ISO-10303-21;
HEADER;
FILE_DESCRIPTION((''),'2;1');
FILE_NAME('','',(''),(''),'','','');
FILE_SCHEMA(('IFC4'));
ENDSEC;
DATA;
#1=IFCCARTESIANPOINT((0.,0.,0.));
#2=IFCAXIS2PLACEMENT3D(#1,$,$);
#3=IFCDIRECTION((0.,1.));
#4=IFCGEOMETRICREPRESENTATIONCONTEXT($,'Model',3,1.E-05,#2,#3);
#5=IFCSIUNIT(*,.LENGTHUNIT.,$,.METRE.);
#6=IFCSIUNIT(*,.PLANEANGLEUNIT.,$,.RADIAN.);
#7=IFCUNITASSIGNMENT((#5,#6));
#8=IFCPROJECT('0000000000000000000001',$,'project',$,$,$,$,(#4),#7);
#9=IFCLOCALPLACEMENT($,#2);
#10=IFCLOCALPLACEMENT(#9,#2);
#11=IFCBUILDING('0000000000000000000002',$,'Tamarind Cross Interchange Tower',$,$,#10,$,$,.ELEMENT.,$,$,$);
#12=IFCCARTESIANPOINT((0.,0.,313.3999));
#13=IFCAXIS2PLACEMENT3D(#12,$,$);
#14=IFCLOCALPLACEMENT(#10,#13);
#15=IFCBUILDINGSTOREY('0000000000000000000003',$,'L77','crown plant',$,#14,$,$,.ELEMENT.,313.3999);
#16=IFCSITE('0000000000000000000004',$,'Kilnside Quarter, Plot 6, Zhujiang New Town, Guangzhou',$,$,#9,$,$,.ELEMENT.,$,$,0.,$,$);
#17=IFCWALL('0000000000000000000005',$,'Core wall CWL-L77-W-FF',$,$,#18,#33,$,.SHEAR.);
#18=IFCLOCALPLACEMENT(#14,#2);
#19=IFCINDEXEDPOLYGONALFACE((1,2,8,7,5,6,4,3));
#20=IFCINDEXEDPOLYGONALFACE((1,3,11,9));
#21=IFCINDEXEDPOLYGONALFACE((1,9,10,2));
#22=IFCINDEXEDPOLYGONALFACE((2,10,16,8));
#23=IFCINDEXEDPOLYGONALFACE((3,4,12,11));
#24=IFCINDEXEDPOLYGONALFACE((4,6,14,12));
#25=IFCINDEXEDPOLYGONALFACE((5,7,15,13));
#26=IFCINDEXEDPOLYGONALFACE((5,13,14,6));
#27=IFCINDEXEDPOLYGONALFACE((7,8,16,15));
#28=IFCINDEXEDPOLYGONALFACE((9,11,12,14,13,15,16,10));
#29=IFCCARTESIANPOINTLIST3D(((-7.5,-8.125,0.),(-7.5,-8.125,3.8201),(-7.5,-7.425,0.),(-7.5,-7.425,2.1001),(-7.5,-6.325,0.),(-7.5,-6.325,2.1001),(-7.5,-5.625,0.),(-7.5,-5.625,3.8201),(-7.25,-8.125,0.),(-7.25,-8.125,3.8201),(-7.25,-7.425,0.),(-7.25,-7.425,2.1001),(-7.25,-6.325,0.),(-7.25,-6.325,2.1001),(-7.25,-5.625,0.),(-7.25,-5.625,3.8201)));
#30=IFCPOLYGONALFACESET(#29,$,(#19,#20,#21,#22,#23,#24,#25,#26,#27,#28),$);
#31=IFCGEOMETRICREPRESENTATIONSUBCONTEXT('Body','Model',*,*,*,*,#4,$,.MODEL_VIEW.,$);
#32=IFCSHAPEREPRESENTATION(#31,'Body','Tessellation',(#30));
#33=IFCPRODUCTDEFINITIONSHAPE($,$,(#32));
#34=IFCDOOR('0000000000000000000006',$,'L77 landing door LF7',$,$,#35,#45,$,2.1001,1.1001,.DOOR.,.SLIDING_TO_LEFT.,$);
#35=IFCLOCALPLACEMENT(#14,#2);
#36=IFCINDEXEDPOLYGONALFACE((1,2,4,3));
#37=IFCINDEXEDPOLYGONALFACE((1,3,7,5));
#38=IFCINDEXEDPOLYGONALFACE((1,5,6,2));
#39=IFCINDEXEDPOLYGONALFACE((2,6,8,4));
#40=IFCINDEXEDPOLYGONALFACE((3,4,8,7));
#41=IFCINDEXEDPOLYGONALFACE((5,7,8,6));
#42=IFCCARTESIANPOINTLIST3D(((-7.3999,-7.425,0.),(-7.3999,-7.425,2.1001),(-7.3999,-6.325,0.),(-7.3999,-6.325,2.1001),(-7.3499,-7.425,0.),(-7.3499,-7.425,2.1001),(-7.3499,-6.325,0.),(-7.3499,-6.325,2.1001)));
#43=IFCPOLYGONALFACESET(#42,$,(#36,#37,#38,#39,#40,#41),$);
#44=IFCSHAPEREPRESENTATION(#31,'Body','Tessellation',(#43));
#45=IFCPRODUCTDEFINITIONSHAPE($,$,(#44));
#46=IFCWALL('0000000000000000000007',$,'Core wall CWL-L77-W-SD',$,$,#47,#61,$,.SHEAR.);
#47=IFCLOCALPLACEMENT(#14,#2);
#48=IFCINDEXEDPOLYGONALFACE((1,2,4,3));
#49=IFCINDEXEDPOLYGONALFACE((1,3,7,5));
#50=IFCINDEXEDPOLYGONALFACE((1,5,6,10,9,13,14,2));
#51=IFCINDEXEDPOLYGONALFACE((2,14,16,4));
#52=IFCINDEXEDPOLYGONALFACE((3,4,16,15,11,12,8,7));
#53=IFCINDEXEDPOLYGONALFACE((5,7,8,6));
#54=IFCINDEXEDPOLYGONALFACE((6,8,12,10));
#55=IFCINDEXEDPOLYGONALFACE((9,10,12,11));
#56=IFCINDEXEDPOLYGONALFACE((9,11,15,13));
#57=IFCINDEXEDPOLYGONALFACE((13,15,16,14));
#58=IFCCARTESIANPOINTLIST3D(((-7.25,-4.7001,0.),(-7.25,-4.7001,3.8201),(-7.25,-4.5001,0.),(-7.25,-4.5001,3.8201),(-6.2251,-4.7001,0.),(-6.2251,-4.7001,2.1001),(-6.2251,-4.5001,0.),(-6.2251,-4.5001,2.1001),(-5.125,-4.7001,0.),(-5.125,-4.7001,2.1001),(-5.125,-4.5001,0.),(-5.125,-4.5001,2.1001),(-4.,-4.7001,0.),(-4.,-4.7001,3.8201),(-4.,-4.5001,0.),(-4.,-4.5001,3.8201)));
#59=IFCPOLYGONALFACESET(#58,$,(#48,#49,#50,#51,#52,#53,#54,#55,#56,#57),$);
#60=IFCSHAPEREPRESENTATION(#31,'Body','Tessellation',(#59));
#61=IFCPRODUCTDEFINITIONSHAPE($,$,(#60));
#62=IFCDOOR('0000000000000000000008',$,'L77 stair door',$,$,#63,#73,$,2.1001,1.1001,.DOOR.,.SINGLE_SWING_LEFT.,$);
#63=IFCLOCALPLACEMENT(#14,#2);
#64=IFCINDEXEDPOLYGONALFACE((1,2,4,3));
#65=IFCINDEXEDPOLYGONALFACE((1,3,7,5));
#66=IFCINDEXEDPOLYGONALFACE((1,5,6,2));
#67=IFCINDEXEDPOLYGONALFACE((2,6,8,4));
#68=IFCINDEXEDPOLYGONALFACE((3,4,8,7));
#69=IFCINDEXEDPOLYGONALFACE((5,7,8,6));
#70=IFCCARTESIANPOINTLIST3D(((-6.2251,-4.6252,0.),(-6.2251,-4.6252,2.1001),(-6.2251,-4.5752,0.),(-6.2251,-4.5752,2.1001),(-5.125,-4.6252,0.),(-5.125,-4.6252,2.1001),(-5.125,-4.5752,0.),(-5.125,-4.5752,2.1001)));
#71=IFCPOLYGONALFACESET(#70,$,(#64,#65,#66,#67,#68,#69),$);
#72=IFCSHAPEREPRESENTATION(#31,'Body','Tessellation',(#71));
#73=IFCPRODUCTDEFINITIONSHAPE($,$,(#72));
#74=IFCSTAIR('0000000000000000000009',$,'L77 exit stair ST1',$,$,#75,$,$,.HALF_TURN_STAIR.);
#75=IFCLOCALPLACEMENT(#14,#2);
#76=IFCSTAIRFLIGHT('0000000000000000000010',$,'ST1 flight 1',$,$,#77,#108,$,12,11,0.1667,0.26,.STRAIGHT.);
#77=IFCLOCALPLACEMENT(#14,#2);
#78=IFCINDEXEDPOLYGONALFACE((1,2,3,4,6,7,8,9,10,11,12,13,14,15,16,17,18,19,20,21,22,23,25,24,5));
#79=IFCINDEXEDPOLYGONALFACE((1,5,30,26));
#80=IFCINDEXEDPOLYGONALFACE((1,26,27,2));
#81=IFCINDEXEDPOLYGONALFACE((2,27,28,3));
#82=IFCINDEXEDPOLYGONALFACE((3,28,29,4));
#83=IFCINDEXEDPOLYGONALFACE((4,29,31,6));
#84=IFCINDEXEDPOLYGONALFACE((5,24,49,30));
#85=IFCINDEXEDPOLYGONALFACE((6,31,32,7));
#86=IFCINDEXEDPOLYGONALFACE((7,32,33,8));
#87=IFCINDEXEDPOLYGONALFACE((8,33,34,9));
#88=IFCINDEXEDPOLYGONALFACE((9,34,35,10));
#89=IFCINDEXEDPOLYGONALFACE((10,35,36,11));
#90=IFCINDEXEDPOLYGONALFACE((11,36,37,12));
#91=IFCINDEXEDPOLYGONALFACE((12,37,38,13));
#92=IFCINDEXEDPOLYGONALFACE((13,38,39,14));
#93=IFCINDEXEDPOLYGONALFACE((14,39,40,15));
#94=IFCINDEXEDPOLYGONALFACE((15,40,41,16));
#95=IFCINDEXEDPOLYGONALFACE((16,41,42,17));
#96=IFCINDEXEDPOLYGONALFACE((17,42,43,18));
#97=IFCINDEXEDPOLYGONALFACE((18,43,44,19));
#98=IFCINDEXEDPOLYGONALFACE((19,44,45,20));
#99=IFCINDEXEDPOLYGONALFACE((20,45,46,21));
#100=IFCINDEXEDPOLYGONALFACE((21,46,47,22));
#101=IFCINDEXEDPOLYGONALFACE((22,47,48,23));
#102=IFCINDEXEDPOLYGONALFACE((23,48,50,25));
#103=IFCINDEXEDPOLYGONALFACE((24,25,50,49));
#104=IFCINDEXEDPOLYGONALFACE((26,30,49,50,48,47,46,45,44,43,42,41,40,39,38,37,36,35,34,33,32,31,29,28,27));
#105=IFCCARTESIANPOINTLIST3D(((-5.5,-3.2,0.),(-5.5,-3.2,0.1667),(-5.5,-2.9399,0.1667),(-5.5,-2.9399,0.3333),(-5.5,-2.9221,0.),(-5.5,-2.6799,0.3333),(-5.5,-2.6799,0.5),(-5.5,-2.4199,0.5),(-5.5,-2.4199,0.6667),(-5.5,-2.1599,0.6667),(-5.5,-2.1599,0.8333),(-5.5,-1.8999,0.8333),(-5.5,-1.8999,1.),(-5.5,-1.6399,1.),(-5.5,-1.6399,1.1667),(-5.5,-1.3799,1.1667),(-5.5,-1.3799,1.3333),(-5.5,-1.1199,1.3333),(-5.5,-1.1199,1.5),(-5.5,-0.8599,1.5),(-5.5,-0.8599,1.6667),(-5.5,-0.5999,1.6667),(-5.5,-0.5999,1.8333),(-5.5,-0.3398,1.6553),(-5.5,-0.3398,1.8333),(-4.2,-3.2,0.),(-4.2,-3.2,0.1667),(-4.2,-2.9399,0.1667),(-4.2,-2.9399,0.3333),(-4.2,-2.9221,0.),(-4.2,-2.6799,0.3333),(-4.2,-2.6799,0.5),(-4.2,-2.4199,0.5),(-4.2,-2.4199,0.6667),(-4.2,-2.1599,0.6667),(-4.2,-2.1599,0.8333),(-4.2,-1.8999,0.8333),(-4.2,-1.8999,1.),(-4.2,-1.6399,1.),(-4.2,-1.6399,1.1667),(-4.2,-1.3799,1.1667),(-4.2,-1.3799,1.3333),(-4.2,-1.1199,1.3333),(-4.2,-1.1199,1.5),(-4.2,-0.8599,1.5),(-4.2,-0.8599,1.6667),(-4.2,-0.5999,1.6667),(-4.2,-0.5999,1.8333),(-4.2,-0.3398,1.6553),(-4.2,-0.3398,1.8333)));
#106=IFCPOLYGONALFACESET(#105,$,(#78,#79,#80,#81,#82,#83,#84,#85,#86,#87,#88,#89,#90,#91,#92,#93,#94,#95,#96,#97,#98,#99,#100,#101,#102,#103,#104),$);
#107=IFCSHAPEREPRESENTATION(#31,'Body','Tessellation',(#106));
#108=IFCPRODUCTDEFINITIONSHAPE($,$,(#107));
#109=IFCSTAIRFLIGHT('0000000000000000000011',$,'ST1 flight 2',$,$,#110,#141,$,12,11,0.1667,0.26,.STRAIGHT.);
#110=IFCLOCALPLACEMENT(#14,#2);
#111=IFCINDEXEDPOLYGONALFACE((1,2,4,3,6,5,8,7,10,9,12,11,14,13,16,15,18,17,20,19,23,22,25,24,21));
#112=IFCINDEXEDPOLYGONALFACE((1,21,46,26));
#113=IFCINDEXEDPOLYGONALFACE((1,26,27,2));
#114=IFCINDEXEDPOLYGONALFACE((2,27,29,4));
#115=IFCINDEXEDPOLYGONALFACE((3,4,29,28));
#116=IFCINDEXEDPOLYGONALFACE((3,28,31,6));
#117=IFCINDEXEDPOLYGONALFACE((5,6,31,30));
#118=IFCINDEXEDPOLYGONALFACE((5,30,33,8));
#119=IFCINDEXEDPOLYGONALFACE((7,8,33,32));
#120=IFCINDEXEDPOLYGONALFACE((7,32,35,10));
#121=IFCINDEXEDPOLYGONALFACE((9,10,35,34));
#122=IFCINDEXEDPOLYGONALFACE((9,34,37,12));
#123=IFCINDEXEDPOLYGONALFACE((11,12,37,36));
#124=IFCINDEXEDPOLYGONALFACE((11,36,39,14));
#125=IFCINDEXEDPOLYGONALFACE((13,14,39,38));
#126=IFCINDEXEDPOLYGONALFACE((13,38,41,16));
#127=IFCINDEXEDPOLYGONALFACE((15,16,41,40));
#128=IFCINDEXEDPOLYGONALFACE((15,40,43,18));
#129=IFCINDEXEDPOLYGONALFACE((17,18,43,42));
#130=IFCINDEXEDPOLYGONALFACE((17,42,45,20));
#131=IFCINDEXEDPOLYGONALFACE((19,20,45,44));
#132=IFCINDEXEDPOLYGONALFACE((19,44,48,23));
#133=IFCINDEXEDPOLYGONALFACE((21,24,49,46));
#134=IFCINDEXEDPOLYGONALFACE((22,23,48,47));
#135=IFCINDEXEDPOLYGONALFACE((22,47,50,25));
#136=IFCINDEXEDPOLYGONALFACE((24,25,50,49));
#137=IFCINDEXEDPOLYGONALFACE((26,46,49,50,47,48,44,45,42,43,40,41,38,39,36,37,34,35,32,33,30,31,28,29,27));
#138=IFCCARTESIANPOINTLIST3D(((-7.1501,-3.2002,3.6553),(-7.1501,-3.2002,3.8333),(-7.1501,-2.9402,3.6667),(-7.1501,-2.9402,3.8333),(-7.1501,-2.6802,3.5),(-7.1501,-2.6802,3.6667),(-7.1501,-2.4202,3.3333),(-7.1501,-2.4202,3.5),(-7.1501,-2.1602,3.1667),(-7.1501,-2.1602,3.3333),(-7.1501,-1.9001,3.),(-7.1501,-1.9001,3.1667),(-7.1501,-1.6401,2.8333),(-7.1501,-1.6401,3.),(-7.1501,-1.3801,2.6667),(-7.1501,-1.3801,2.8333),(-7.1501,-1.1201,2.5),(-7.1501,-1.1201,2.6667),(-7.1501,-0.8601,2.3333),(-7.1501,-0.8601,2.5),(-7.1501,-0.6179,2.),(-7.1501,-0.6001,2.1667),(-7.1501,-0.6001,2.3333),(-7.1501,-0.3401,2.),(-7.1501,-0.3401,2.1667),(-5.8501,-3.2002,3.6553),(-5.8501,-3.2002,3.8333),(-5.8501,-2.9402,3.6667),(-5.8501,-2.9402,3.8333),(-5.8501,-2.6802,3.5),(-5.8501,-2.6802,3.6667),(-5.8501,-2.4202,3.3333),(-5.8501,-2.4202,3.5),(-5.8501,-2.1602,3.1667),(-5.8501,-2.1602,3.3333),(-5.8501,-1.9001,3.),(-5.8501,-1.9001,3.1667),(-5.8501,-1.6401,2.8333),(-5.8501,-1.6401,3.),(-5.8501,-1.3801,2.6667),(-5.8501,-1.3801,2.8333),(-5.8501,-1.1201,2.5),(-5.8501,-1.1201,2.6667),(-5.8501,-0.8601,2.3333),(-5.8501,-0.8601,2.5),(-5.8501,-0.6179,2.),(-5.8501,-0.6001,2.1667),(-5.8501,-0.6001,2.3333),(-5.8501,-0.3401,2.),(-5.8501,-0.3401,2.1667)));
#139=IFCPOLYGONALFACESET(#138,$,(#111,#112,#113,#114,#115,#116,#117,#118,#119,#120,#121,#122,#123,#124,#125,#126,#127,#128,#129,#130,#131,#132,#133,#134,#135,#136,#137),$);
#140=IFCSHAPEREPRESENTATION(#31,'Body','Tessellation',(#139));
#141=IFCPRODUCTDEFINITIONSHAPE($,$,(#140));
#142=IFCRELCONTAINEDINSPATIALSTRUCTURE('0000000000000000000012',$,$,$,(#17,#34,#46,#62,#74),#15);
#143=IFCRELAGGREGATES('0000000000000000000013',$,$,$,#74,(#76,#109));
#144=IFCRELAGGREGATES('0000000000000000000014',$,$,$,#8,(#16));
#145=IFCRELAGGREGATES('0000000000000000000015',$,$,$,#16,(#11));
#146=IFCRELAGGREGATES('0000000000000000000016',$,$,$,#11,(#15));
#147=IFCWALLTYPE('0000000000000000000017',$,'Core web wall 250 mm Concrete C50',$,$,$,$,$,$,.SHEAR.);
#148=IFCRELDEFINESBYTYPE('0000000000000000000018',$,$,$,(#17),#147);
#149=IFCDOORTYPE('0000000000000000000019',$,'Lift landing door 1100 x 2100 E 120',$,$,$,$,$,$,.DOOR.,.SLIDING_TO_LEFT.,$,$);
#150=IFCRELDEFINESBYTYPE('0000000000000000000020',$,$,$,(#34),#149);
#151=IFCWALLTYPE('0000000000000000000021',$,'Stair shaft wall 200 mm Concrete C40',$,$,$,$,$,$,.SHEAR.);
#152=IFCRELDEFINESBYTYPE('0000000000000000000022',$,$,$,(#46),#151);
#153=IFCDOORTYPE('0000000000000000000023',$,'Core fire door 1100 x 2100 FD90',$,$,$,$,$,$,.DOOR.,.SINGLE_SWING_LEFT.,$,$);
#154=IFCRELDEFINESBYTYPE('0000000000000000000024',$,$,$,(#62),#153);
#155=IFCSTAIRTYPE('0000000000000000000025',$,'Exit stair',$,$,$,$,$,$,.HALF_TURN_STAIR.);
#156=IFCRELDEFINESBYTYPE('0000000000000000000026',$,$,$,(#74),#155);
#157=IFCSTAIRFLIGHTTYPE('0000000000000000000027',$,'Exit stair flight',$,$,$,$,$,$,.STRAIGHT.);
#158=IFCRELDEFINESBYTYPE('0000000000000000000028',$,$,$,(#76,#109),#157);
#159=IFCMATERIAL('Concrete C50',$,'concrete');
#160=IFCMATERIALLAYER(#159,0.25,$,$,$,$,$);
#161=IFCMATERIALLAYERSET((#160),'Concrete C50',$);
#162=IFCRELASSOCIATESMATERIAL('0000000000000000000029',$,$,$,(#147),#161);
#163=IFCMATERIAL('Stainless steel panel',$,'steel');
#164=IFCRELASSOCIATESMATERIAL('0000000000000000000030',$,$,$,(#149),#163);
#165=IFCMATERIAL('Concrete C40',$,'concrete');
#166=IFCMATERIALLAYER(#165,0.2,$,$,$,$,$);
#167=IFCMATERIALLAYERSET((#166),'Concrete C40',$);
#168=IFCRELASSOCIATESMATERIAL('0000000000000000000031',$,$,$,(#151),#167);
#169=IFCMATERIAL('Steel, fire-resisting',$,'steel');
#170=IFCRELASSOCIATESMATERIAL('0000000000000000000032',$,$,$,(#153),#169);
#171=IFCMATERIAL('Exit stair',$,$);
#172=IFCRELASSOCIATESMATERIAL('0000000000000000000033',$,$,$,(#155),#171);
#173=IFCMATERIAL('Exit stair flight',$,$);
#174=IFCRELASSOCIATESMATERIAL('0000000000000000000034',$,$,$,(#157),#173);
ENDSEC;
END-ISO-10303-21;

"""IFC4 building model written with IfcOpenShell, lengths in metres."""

from ifc_helpers import new_model, si_unit, direction, frame, frame_2d, origin, place, context, subcontext, project, spatial, polyline, rectangle, outline, extrude, material, layer, layer_set, type_object, element, fill, aggregate, save


model = new_model("IFC4")

# Units and contexts
model_context = context("Model", 3, precision=1e-05, world=origin(), true_north=direction((0.0, 1.0)))
body_context = subcontext(model_context, "Body", "Model", "MODEL_VIEW")
ifc_project = project(units=[si_unit("LENGTHUNIT", "METRE"), si_unit("PLANEANGLEUNIT", "RADIAN")], contexts=[model_context])

# Site, building, storey
site_placement = place(None, origin())
site = spatial("IfcSite", under=ifc_project, at=site_placement, Name="Kilnside Quarter, Plot 6, Zhujiang New Town, Guangzhou", CompositionType="ELEMENT", RefElevation=0.0)
building_placement = place(site_placement, origin())
building = spatial("IfcBuilding", under=site, at=building_placement, Name="Tamarind Cross Interchange Tower", CompositionType="ELEMENT")
storey_placement = place(building_placement, frame((0.0, 0.0, 313.3999)))
storey = spatial("IfcBuildingStorey", under=building, at=storey_placement, Name="L77", Description="crown plant", CompositionType="ELEMENT", Elevation=313.3999)

# Shared definitions
ifc_material_1 = material(Name="Concrete C50", Category="concrete")
ifc_material_2 = material(Name="Steel, fire-resisting", Category="steel")

# Walls, openings, doors
ifc_layer_1 = layer(ifc_material_1, 0.25)
ifc_layer_set_1 = layer_set([ifc_layer_1], Name="Concrete C50")
wall_type_1 = type_object("IfcWallType", Name="Core web wall 250 mm Concrete C50", PredefinedType="SHEAR", material=ifc_layer_set_1)
wall_1_placement = place(storey_placement, frame((-7.375, -8.125, 0.0), z_axis=(0.0, 0.0, 1.0), x_axis=(0.0, 1.0, 0.0)))
wall_1 = element("IfcWall", 1, at=wall_1_placement, inside=storey, type_object=wall_type_1, Name="Core wall CWL-L77-W-FF", PredefinedType="SHEAR", context=body_context, shape_type="SweptSolid", body=[
    extrude(rectangle(XDim=2.5, YDim=0.25, at=frame_2d((1.25, 0.0))), origin(), (0.0, 0.0, 1.0), 3.8201),
])
opening_1_placement = place(wall_1_placement, frame((0.7, 0.0, 0.0)))
opening_1 = element("IfcOpeningElement", 2, at=opening_1_placement, cuts=wall_1, PredefinedType="OPENING", context=body_context, shape_type="SweptSolid", body=[
    extrude(rectangle(XDim=1.1001, YDim=2.1001, at=frame_2d((0.55, 1.05))), frame((0.0, 0.135, 0.0), z_axis=(0.0, -1.0, 0.0), x_axis=(1.0, 0.0, 0.0)), (0.0, 0.0, 1.0), 0.27),
])
ifc_material_3 = material(Name="Stainless steel panel", Category="steel")
door_type_1 = type_object("IfcDoorType", Name="Lift landing door 1100 x 2100 E 120", OperationType="SLIDING_TO_LEFT", PredefinedType="DOOR", material=ifc_material_3)
door_1_placement = place(opening_1_placement, origin())
door_1 = element("IfcDoor", 3, at=door_1_placement, inside=storey, type_object=door_type_1, Name="L77 landing door LF7", OperationType="SLIDING_TO_LEFT", OverallHeight=2.1001, OverallWidth=1.1001, PredefinedType="DOOR", context=body_context, shape_type="SweptSolid", body=[
    extrude(rectangle(XDim=1.1001, YDim=2.1001, at=frame_2d((0.55, 1.05))), frame((0.0, 0.0249, 0.0), z_axis=(0.0, -1.0, 0.0), x_axis=(1.0, 0.0, 0.0)), (0.0, 0.0, 1.0), 0.05),
])
fill(opening_1, door_1)
ifc_material_4 = material(Name="Concrete C40", Category="concrete")
ifc_layer_2 = layer(ifc_material_4, 0.2)
ifc_layer_set_2 = layer_set([ifc_layer_2], Name="Concrete C40")
wall_type_2 = type_object("IfcWallType", Name="Stair shaft wall 200 mm Concrete C40", PredefinedType="SHEAR", material=ifc_layer_set_2)
wall_2_placement = place(storey_placement, frame((-7.25, -4.6001, 0.0), z_axis=(0.0, 0.0, 1.0), x_axis=(1.0, 0.0, 0.0)))
wall_2 = element("IfcWall", 4, at=wall_2_placement, inside=storey, type_object=wall_type_2, Name="Core wall CWL-L77-W-SD", PredefinedType="SHEAR", context=body_context, shape_type="SweptSolid", body=[
    extrude(rectangle(XDim=3.25, YDim=0.2, at=frame_2d((1.625, 0.0))), origin(), (0.0, 0.0, 1.0), 3.8201),
])
opening_2_placement = place(wall_2_placement, frame((1.0249, 0.0, 0.0)))
opening_2 = element("IfcOpeningElement", 5, at=opening_2_placement, cuts=wall_2, PredefinedType="OPENING", context=body_context, shape_type="SweptSolid", body=[
    extrude(rectangle(XDim=1.1001, YDim=2.1001, at=frame_2d((0.55, 1.05))), frame((0.0, 0.1099, 0.0), z_axis=(0.0, -1.0, 0.0), x_axis=(1.0, 0.0, 0.0)), (0.0, 0.0, 1.0), 0.22),
])
door_type_2 = type_object("IfcDoorType", Name="Core fire door 1100 x 2100 FD90", OperationType="SINGLE_SWING_LEFT", PredefinedType="DOOR", material=ifc_material_2)
door_2_placement = place(opening_2_placement, origin())
door_2 = element("IfcDoor", 6, at=door_2_placement, inside=storey, type_object=door_type_2, Name="L77 stair door", OperationType="SINGLE_SWING_LEFT", OverallHeight=2.1001, OverallWidth=1.1001, PredefinedType="DOOR", context=body_context, shape_type="SweptSolid", body=[
    extrude(rectangle(XDim=1.1001, YDim=2.1001, at=frame_2d((0.55, 1.05))), frame((0.0, 0.0249, 0.0), z_axis=(0.0, -1.0, 0.0), x_axis=(1.0, 0.0, 0.0)), (0.0, 0.0, 1.0), 0.05),
])
fill(opening_2, door_2)

# Stair, stair flights
ifc_material_5 = material(Name="Exit stair")
stair_type = type_object("IfcStairType", Name="Exit stair", PredefinedType="HALF_TURN_STAIR", material=ifc_material_5)
stair_placement = place(storey_placement, origin())
stair = element("IfcStair", 7, at=stair_placement, inside=storey, type_object=stair_type, Name="L77 exit stair ST1", PredefinedType="HALF_TURN_STAIR")
ifc_material_6 = material(Name="Exit stair flight")
stair_flight_type = type_object("IfcStairFlightType", Name="Exit stair flight", PredefinedType="STRAIGHT", material=ifc_material_6)
stair_flight_1_placement = place(storey_placement, frame((-4.8501, -3.2, 0.0), z_axis=(0.0, 0.0, 1.0), x_axis=(0.0, 1.0, 0.0)))
stair_flight_1 = element("IfcStairFlight", 8, at=stair_flight_1_placement, type_object=stair_flight_type, Name="ST1 flight 1", NumberOfRisers=12, NumberOfTreads=11, PredefinedType="STRAIGHT", RiserHeight=0.1667, TreadLength=0.26, context=body_context, shape_type="SweptSolid", body=[
    extrude(outline(polyline([(0.0, 0.0), (0.0, 0.1667), (0.26, 0.1667), (0.26, 0.3333), (0.52, 0.3333), (0.52, 0.5), (0.78, 0.5), (0.78, 0.6667), (1.04, 0.6667), (1.04, 0.8333), (1.3, 0.8333), (1.3, 1.0), (1.5601, 1.0), (1.5601, 1.1667), (1.8201, 1.1667), (1.8201, 1.3333), (2.0801, 1.3333), (2.0801, 1.5), (2.3401, 1.5), (2.3401, 1.6667), (2.6001, 1.6667), (2.6001, 1.8333), (2.8601, 1.8333), (2.8601, 2.0), (2.8601, 1.6553), (0.2778, 0.0), (0.0, 0.0)])), frame((0.0, 0.6499, 0.0), z_axis=(0.0, -1.0, 0.0), x_axis=(1.0, 0.0, 0.0)), (0.0, 0.0, 1.0), 1.3),
])
stair_flight_2_placement = place(storey_placement, frame((-6.5, -0.3401, 2.0), z_axis=(0.0, 0.0, 1.0), x_axis=(0.0, -1.0, 0.0)))
stair_flight_2 = element("IfcStairFlight", 9, at=stair_flight_2_placement, type_object=stair_flight_type, Name="ST1 flight 2", NumberOfRisers=12, NumberOfTreads=11, PredefinedType="STRAIGHT", RiserHeight=0.1667, TreadLength=0.26, context=body_context, shape_type="SweptSolid", body=[
    extrude(outline(polyline([(0.0, 0.0), (0.0, 0.1667), (0.26, 0.1667), (0.26, 0.3333), (0.52, 0.3333), (0.52, 0.5), (0.78, 0.5), (0.78, 0.6667), (1.04, 0.6667), (1.04, 0.8333), (1.3, 0.8333), (1.3, 1.0), (1.5601, 1.0), (1.5601, 1.1667), (1.8201, 1.1667), (1.8201, 1.3333), (2.0801, 1.3333), (2.0801, 1.5), (2.3401, 1.5), (2.3401, 1.6667), (2.6001, 1.6667), (2.6001, 1.8333), (2.8601, 1.8333), (2.8601, 2.0), (2.8601, 1.6553), (0.2778, 0.0), (0.0, 0.0)])), frame((0.0, 0.6499, 0.0), z_axis=(0.0, -1.0, 0.0), x_axis=(1.0, 0.0, 0.0)), (0.0, 0.0, 1.0), 1.3),
])
aggregate(stair, [stair_flight_1, stair_flight_2])

save(model, "model.ifc")
